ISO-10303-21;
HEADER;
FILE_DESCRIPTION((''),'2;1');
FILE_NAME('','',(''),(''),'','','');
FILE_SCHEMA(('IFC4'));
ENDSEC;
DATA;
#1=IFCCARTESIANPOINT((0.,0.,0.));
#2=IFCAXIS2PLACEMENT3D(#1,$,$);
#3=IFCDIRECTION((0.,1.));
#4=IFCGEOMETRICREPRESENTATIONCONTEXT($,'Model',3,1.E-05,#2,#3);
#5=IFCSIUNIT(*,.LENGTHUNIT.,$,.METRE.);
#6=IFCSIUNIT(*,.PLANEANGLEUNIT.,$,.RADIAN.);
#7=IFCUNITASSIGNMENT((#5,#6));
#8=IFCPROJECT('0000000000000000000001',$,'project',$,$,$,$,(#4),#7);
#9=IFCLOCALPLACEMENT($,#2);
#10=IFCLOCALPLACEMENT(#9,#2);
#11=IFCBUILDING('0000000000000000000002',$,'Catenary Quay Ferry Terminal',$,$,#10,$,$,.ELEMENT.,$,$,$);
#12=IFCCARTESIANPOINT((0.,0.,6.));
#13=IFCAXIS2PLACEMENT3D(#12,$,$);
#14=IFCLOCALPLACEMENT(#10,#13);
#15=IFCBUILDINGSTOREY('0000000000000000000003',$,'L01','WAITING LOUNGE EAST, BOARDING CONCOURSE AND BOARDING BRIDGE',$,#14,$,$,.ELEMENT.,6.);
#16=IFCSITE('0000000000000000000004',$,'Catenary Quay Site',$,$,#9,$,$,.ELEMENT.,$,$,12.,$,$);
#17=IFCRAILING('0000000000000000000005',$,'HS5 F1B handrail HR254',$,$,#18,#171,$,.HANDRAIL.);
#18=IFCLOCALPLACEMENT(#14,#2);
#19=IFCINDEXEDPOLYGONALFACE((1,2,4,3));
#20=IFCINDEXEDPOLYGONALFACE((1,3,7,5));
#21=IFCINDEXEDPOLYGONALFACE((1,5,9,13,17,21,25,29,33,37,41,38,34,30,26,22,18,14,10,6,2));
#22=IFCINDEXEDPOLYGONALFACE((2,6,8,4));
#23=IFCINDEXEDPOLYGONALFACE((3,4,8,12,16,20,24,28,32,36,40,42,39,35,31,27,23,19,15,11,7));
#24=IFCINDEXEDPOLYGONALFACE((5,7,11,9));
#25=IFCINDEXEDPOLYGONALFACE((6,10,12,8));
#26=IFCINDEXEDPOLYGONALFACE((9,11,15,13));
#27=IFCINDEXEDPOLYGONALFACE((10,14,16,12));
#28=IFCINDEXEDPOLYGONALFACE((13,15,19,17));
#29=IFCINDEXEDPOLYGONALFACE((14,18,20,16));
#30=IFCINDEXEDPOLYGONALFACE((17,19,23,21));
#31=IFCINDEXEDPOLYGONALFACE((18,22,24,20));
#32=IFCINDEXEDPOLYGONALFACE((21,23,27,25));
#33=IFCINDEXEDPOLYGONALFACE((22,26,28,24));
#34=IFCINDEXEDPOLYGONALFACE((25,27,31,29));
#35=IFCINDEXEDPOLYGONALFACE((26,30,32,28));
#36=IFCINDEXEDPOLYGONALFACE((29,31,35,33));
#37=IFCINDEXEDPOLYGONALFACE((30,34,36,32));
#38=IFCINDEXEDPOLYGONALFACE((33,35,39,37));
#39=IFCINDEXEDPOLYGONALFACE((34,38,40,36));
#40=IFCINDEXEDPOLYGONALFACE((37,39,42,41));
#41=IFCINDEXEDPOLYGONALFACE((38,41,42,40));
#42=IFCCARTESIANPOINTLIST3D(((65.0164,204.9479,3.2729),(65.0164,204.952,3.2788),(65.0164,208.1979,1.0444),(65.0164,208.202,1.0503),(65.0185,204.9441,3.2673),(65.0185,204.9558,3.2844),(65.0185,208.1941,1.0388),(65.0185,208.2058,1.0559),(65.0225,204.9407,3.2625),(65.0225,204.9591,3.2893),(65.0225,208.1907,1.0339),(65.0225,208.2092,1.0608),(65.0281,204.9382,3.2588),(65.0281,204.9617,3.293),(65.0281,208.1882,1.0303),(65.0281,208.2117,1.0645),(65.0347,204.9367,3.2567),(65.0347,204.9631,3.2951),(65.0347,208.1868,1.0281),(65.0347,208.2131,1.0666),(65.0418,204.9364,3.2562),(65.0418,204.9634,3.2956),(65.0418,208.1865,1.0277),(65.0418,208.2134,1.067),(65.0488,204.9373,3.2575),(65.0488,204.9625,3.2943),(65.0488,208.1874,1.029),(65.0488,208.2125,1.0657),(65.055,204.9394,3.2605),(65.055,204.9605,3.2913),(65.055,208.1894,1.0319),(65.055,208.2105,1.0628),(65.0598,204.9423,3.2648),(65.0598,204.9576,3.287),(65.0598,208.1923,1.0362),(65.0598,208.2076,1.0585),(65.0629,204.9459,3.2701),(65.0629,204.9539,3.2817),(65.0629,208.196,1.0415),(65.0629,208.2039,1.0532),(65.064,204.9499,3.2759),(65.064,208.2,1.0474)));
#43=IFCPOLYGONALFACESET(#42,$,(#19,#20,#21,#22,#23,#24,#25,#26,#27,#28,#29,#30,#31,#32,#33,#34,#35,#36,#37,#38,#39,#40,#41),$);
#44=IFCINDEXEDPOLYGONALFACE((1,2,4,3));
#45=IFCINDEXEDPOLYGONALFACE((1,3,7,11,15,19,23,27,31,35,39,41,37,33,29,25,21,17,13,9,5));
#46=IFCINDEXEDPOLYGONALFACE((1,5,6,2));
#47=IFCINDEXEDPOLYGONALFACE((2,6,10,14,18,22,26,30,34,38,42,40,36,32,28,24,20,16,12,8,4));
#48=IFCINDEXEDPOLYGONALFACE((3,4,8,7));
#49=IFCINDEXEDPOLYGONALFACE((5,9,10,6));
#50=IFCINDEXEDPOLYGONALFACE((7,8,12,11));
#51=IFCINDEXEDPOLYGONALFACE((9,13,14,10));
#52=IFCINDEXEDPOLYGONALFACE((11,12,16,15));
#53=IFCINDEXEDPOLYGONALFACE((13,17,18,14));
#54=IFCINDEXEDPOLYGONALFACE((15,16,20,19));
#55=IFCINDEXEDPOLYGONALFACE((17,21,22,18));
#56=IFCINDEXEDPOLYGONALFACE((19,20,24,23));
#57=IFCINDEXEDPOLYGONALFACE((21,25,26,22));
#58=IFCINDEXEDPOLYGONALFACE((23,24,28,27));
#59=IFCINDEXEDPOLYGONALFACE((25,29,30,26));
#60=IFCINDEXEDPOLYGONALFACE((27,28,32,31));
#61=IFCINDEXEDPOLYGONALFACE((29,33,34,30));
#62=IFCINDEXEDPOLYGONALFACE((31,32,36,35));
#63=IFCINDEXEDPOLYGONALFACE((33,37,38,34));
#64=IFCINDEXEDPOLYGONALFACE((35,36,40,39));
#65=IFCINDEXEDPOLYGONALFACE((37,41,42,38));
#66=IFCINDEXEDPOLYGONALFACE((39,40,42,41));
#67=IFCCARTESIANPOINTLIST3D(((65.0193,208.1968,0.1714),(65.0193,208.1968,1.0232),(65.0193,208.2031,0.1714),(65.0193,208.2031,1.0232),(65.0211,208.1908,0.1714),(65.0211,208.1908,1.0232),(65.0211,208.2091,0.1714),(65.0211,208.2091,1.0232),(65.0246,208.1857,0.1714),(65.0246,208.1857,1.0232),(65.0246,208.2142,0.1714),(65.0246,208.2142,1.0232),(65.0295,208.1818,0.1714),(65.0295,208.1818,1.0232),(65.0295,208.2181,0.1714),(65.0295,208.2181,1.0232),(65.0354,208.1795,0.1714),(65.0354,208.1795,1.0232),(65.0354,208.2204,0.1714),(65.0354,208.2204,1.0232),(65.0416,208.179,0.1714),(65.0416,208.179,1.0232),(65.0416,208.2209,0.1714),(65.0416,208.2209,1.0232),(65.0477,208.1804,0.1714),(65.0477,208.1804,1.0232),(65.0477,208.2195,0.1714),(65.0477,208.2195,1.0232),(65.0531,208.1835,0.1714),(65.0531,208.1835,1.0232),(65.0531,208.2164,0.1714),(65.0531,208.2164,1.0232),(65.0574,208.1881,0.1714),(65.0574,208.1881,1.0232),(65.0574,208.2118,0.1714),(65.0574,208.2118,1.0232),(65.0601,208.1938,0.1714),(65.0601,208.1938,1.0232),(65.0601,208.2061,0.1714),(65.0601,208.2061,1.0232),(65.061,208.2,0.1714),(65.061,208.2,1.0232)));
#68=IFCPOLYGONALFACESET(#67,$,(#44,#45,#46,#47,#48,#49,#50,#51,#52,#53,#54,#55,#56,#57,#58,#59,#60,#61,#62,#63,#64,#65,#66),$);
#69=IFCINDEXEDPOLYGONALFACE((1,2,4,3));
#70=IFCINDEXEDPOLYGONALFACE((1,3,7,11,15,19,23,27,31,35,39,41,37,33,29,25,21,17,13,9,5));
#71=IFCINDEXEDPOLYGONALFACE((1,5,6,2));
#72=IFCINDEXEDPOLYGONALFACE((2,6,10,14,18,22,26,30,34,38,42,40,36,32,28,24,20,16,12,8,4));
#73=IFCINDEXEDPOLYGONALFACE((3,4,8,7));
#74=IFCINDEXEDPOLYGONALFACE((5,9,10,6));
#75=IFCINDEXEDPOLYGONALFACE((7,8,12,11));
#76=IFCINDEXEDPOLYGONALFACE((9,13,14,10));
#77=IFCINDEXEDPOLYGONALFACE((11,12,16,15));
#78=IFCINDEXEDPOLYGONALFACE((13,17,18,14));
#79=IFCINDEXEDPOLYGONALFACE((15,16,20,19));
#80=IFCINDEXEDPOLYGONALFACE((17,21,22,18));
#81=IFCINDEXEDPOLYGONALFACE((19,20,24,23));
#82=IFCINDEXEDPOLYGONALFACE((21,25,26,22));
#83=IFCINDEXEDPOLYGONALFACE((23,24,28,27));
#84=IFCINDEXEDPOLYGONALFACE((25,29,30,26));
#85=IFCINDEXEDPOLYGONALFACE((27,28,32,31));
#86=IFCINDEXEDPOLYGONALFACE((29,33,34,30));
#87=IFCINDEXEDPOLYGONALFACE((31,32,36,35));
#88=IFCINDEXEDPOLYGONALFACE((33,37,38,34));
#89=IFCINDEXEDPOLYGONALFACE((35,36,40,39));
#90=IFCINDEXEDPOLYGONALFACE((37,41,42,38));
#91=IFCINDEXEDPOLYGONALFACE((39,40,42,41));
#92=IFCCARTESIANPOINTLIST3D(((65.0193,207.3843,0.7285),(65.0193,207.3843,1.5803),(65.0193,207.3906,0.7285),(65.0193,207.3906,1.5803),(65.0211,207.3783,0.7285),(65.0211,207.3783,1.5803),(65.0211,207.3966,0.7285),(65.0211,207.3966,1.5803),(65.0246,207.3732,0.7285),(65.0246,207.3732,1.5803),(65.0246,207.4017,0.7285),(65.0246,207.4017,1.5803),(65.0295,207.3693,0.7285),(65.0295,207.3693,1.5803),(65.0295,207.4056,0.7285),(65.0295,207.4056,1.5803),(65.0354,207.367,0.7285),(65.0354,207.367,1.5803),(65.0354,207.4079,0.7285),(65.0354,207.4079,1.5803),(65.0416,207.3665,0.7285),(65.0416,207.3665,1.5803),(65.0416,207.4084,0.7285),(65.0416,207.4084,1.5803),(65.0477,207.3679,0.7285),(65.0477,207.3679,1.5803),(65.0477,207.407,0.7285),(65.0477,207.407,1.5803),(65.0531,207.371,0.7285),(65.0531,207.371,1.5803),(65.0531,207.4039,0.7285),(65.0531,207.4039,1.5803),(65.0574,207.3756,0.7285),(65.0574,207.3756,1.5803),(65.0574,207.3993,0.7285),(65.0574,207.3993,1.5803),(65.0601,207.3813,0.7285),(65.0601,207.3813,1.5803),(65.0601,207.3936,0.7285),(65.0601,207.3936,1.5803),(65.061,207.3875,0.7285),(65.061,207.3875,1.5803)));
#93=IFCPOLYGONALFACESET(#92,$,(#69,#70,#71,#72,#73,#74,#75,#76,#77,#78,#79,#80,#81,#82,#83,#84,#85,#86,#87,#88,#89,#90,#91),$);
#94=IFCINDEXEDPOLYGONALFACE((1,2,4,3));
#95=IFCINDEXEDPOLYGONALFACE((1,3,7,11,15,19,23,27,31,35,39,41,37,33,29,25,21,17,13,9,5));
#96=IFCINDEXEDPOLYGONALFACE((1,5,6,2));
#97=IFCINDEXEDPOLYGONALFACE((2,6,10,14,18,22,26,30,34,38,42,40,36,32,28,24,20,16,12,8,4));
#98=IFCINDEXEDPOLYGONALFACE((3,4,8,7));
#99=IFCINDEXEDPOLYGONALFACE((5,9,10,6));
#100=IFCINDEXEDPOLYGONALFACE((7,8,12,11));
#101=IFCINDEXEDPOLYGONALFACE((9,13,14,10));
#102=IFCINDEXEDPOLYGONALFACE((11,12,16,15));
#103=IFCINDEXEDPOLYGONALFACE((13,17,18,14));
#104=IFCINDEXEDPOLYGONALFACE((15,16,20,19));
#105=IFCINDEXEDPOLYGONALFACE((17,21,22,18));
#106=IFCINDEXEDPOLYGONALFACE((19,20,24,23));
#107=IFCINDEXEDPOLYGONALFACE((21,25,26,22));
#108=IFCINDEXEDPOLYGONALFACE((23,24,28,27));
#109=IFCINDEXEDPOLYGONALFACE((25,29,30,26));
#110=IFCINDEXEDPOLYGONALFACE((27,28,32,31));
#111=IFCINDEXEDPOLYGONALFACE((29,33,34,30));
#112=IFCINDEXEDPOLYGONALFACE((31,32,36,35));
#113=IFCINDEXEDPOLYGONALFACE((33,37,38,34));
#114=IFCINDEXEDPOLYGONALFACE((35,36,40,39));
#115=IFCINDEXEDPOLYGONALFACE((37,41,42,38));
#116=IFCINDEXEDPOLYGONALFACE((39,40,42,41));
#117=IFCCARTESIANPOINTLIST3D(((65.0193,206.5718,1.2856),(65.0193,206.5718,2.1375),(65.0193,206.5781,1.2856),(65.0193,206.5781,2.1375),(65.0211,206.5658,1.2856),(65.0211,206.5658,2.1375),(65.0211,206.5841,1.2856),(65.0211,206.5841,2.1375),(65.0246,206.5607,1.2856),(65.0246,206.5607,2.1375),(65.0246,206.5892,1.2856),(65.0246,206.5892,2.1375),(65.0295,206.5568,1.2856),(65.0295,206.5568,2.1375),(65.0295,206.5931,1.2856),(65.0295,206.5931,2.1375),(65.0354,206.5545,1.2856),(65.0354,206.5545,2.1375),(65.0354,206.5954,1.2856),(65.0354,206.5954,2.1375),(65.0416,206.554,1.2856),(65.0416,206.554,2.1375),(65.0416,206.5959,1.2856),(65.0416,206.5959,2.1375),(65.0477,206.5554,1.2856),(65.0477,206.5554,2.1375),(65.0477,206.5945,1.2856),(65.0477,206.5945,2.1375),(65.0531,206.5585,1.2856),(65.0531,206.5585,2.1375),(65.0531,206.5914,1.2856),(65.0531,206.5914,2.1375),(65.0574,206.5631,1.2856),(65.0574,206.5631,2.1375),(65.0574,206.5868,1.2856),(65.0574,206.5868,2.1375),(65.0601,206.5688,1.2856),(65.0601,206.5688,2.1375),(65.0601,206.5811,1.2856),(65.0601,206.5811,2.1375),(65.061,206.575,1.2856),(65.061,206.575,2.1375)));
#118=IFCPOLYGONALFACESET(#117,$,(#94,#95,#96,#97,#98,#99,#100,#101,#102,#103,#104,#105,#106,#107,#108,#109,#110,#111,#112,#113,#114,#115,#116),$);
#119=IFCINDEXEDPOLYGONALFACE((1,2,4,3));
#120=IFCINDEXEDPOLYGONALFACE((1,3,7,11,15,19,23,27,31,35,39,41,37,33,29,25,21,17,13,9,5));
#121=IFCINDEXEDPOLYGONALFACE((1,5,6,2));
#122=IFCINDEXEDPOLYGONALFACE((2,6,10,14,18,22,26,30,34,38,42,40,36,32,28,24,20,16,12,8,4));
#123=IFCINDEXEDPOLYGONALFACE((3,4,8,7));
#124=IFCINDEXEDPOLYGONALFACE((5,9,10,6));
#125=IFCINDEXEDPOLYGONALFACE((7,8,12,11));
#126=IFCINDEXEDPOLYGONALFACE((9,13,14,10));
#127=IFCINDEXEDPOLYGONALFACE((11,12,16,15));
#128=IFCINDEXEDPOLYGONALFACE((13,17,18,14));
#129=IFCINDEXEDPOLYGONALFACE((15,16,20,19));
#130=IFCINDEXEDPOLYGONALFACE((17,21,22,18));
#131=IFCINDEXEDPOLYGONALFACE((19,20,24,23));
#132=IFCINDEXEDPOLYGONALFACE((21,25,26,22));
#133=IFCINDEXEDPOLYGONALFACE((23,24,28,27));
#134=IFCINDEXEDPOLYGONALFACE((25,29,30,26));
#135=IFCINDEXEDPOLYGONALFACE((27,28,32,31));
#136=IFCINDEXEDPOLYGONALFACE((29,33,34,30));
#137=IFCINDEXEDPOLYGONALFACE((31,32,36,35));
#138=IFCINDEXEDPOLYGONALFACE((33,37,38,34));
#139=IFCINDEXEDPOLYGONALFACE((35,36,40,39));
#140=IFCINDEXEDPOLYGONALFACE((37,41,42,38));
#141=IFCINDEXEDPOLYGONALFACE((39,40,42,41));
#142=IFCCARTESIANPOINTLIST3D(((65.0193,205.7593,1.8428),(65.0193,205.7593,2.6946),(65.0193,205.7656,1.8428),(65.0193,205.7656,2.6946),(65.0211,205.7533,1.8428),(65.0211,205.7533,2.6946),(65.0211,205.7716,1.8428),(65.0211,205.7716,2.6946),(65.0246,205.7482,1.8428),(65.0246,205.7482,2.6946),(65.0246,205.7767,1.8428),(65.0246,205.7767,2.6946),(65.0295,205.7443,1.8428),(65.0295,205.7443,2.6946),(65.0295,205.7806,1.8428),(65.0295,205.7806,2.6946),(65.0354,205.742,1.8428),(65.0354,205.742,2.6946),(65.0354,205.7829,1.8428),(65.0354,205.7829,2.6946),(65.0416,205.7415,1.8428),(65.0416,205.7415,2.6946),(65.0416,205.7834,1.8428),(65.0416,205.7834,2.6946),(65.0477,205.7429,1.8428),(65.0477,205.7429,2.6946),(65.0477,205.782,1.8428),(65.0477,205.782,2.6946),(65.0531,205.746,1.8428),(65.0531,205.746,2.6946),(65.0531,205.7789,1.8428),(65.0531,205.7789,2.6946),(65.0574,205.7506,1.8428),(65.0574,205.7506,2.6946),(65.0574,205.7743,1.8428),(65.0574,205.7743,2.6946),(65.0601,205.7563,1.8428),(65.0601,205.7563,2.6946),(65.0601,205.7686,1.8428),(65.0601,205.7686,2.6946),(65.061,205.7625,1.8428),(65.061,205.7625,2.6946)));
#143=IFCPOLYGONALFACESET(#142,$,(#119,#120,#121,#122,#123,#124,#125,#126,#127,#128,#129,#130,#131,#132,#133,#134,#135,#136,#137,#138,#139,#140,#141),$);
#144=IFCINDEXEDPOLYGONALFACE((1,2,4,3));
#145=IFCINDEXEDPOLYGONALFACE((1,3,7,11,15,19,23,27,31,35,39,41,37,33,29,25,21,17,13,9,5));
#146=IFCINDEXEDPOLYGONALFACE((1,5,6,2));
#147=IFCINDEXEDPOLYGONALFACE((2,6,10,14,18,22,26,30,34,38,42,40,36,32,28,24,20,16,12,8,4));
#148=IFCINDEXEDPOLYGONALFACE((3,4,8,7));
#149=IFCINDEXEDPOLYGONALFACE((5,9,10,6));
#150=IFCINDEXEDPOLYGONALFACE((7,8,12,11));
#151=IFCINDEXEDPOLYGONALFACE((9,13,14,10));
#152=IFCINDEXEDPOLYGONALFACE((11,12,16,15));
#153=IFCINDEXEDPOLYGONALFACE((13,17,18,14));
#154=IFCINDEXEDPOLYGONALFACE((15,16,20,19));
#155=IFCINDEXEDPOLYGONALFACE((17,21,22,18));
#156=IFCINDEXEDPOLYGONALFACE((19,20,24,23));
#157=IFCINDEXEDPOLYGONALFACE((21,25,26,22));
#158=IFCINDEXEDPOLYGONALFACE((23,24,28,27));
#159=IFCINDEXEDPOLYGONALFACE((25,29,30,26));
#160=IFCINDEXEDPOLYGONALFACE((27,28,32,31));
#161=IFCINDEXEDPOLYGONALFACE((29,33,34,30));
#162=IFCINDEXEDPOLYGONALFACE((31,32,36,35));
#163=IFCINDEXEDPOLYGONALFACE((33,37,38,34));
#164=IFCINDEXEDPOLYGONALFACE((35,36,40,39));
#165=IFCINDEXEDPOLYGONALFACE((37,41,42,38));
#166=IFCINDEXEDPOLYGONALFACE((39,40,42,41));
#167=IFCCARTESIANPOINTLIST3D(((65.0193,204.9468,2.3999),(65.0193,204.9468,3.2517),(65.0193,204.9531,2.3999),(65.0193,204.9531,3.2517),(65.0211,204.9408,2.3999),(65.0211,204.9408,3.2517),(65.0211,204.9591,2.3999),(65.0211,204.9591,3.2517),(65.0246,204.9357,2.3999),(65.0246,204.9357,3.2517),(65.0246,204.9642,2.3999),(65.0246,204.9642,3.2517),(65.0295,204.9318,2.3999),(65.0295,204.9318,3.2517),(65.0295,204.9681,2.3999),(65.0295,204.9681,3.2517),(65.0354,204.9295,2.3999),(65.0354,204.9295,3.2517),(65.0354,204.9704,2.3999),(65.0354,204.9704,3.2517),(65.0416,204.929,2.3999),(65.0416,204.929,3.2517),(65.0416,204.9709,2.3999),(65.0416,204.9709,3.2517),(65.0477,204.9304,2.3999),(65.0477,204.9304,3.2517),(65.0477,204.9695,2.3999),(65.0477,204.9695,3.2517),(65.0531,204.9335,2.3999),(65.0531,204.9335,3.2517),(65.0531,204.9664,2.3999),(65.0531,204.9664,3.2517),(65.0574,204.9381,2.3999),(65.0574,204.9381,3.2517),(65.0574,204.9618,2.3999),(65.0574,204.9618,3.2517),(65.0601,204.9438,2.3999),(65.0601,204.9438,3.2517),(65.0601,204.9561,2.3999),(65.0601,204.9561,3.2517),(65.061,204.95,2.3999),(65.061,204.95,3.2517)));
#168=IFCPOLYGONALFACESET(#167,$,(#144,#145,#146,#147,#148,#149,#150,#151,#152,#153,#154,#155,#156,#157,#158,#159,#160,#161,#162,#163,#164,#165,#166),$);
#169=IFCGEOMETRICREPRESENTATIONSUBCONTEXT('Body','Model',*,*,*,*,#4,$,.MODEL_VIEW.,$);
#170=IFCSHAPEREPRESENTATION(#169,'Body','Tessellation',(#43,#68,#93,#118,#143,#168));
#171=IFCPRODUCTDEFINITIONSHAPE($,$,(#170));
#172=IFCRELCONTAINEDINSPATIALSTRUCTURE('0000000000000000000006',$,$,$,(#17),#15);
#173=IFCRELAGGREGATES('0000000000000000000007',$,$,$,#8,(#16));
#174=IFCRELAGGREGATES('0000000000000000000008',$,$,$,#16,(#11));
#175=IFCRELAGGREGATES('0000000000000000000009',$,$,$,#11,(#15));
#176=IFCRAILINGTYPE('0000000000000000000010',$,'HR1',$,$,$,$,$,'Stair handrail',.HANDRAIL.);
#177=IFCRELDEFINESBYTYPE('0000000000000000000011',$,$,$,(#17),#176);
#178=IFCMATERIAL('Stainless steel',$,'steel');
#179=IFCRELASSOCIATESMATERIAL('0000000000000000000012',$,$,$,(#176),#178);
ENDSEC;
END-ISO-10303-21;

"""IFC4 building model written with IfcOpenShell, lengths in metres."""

from ifc_helpers import new_model, si_unit, direction, frame, origin, origin_2d, place, context, subcontext, project, spatial, circle, extrude, material, type_object, element, save


model = new_model("IFC4")

# Units and contexts
model_context = context("Model", 3, precision=1e-05, world=origin(), true_north=direction((0.0, 1.0)))
body_context = subcontext(model_context, "Body", "Model", "MODEL_VIEW")
ifc_project = project(units=[si_unit("LENGTHUNIT", "METRE"), si_unit("PLANEANGLEUNIT", "RADIAN")], contexts=[model_context])

# Site, building, storey
site_placement = place(None, origin())
site = spatial("IfcSite", under=ifc_project, at=site_placement, Name="Catenary Quay Site", CompositionType="ELEMENT", RefElevation=12.0)
building_placement = place(site_placement, origin())
building = spatial("IfcBuilding", under=site, at=building_placement, Name="Catenary Quay Ferry Terminal", CompositionType="ELEMENT")
storey_placement = place(building_placement, frame((0.0, 0.0, 6.0)))
storey = spatial("IfcBuildingStorey", under=building, at=storey_placement, Name="L01", Description="WAITING LOUNGE EAST, BOARDING CONCOURSE AND BOARDING BRIDGE", CompositionType="ELEMENT", Elevation=6.0)

# Railing
ifc_material_1 = material(Name="Stainless steel", Category="steel")
railing_type_1 = type_object("IfcRailingType", Name="HR1", ElementType="Stair handrail", PredefinedType="HANDRAIL", material=ifc_material_1)
railing_1_placement = place(storey_placement, frame((65.04, 208.2, 0.1714)))
element("IfcRailing", 1, at=railing_1_placement, inside=storey, type_object=railing_type_1, Name="HS5 F1B handrail HR254", PredefinedType="HANDRAIL", context=body_context, shape_type="SweptSolid", body=[
    extrude(circle(Radius=0.0239, at=origin_2d()), frame((0.0, 0.0, 0.876), z_axis=(0.0, -0.824735, 0.565519), x_axis=(1.0, 0.0, 0.0)), (0.0, 0.0, 1.0), 3.9407),
    extrude(circle(Radius=0.021, at=origin_2d()), origin(), (0.0, 0.0, 1.0), 0.8518),
    extrude(circle(Radius=0.021, at=origin_2d()), frame((0.0, -0.8125, 0.5571)), (0.0, 0.0, 1.0), 0.8518),
    extrude(circle(Radius=0.021, at=origin_2d()), frame((0.0, -1.625, 1.1143)), (0.0, 0.0, 1.0), 0.8518),
    extrude(circle(Radius=0.021, at=origin_2d()), frame((0.0, -2.4375, 1.6714)), (0.0, 0.0, 1.0), 0.8518),
    extrude(circle(Radius=0.021, at=origin_2d()), frame((0.0, -3.25, 2.2285)), (0.0, 0.0, 1.0), 0.8518),
])

save(model, "model.ifc")
